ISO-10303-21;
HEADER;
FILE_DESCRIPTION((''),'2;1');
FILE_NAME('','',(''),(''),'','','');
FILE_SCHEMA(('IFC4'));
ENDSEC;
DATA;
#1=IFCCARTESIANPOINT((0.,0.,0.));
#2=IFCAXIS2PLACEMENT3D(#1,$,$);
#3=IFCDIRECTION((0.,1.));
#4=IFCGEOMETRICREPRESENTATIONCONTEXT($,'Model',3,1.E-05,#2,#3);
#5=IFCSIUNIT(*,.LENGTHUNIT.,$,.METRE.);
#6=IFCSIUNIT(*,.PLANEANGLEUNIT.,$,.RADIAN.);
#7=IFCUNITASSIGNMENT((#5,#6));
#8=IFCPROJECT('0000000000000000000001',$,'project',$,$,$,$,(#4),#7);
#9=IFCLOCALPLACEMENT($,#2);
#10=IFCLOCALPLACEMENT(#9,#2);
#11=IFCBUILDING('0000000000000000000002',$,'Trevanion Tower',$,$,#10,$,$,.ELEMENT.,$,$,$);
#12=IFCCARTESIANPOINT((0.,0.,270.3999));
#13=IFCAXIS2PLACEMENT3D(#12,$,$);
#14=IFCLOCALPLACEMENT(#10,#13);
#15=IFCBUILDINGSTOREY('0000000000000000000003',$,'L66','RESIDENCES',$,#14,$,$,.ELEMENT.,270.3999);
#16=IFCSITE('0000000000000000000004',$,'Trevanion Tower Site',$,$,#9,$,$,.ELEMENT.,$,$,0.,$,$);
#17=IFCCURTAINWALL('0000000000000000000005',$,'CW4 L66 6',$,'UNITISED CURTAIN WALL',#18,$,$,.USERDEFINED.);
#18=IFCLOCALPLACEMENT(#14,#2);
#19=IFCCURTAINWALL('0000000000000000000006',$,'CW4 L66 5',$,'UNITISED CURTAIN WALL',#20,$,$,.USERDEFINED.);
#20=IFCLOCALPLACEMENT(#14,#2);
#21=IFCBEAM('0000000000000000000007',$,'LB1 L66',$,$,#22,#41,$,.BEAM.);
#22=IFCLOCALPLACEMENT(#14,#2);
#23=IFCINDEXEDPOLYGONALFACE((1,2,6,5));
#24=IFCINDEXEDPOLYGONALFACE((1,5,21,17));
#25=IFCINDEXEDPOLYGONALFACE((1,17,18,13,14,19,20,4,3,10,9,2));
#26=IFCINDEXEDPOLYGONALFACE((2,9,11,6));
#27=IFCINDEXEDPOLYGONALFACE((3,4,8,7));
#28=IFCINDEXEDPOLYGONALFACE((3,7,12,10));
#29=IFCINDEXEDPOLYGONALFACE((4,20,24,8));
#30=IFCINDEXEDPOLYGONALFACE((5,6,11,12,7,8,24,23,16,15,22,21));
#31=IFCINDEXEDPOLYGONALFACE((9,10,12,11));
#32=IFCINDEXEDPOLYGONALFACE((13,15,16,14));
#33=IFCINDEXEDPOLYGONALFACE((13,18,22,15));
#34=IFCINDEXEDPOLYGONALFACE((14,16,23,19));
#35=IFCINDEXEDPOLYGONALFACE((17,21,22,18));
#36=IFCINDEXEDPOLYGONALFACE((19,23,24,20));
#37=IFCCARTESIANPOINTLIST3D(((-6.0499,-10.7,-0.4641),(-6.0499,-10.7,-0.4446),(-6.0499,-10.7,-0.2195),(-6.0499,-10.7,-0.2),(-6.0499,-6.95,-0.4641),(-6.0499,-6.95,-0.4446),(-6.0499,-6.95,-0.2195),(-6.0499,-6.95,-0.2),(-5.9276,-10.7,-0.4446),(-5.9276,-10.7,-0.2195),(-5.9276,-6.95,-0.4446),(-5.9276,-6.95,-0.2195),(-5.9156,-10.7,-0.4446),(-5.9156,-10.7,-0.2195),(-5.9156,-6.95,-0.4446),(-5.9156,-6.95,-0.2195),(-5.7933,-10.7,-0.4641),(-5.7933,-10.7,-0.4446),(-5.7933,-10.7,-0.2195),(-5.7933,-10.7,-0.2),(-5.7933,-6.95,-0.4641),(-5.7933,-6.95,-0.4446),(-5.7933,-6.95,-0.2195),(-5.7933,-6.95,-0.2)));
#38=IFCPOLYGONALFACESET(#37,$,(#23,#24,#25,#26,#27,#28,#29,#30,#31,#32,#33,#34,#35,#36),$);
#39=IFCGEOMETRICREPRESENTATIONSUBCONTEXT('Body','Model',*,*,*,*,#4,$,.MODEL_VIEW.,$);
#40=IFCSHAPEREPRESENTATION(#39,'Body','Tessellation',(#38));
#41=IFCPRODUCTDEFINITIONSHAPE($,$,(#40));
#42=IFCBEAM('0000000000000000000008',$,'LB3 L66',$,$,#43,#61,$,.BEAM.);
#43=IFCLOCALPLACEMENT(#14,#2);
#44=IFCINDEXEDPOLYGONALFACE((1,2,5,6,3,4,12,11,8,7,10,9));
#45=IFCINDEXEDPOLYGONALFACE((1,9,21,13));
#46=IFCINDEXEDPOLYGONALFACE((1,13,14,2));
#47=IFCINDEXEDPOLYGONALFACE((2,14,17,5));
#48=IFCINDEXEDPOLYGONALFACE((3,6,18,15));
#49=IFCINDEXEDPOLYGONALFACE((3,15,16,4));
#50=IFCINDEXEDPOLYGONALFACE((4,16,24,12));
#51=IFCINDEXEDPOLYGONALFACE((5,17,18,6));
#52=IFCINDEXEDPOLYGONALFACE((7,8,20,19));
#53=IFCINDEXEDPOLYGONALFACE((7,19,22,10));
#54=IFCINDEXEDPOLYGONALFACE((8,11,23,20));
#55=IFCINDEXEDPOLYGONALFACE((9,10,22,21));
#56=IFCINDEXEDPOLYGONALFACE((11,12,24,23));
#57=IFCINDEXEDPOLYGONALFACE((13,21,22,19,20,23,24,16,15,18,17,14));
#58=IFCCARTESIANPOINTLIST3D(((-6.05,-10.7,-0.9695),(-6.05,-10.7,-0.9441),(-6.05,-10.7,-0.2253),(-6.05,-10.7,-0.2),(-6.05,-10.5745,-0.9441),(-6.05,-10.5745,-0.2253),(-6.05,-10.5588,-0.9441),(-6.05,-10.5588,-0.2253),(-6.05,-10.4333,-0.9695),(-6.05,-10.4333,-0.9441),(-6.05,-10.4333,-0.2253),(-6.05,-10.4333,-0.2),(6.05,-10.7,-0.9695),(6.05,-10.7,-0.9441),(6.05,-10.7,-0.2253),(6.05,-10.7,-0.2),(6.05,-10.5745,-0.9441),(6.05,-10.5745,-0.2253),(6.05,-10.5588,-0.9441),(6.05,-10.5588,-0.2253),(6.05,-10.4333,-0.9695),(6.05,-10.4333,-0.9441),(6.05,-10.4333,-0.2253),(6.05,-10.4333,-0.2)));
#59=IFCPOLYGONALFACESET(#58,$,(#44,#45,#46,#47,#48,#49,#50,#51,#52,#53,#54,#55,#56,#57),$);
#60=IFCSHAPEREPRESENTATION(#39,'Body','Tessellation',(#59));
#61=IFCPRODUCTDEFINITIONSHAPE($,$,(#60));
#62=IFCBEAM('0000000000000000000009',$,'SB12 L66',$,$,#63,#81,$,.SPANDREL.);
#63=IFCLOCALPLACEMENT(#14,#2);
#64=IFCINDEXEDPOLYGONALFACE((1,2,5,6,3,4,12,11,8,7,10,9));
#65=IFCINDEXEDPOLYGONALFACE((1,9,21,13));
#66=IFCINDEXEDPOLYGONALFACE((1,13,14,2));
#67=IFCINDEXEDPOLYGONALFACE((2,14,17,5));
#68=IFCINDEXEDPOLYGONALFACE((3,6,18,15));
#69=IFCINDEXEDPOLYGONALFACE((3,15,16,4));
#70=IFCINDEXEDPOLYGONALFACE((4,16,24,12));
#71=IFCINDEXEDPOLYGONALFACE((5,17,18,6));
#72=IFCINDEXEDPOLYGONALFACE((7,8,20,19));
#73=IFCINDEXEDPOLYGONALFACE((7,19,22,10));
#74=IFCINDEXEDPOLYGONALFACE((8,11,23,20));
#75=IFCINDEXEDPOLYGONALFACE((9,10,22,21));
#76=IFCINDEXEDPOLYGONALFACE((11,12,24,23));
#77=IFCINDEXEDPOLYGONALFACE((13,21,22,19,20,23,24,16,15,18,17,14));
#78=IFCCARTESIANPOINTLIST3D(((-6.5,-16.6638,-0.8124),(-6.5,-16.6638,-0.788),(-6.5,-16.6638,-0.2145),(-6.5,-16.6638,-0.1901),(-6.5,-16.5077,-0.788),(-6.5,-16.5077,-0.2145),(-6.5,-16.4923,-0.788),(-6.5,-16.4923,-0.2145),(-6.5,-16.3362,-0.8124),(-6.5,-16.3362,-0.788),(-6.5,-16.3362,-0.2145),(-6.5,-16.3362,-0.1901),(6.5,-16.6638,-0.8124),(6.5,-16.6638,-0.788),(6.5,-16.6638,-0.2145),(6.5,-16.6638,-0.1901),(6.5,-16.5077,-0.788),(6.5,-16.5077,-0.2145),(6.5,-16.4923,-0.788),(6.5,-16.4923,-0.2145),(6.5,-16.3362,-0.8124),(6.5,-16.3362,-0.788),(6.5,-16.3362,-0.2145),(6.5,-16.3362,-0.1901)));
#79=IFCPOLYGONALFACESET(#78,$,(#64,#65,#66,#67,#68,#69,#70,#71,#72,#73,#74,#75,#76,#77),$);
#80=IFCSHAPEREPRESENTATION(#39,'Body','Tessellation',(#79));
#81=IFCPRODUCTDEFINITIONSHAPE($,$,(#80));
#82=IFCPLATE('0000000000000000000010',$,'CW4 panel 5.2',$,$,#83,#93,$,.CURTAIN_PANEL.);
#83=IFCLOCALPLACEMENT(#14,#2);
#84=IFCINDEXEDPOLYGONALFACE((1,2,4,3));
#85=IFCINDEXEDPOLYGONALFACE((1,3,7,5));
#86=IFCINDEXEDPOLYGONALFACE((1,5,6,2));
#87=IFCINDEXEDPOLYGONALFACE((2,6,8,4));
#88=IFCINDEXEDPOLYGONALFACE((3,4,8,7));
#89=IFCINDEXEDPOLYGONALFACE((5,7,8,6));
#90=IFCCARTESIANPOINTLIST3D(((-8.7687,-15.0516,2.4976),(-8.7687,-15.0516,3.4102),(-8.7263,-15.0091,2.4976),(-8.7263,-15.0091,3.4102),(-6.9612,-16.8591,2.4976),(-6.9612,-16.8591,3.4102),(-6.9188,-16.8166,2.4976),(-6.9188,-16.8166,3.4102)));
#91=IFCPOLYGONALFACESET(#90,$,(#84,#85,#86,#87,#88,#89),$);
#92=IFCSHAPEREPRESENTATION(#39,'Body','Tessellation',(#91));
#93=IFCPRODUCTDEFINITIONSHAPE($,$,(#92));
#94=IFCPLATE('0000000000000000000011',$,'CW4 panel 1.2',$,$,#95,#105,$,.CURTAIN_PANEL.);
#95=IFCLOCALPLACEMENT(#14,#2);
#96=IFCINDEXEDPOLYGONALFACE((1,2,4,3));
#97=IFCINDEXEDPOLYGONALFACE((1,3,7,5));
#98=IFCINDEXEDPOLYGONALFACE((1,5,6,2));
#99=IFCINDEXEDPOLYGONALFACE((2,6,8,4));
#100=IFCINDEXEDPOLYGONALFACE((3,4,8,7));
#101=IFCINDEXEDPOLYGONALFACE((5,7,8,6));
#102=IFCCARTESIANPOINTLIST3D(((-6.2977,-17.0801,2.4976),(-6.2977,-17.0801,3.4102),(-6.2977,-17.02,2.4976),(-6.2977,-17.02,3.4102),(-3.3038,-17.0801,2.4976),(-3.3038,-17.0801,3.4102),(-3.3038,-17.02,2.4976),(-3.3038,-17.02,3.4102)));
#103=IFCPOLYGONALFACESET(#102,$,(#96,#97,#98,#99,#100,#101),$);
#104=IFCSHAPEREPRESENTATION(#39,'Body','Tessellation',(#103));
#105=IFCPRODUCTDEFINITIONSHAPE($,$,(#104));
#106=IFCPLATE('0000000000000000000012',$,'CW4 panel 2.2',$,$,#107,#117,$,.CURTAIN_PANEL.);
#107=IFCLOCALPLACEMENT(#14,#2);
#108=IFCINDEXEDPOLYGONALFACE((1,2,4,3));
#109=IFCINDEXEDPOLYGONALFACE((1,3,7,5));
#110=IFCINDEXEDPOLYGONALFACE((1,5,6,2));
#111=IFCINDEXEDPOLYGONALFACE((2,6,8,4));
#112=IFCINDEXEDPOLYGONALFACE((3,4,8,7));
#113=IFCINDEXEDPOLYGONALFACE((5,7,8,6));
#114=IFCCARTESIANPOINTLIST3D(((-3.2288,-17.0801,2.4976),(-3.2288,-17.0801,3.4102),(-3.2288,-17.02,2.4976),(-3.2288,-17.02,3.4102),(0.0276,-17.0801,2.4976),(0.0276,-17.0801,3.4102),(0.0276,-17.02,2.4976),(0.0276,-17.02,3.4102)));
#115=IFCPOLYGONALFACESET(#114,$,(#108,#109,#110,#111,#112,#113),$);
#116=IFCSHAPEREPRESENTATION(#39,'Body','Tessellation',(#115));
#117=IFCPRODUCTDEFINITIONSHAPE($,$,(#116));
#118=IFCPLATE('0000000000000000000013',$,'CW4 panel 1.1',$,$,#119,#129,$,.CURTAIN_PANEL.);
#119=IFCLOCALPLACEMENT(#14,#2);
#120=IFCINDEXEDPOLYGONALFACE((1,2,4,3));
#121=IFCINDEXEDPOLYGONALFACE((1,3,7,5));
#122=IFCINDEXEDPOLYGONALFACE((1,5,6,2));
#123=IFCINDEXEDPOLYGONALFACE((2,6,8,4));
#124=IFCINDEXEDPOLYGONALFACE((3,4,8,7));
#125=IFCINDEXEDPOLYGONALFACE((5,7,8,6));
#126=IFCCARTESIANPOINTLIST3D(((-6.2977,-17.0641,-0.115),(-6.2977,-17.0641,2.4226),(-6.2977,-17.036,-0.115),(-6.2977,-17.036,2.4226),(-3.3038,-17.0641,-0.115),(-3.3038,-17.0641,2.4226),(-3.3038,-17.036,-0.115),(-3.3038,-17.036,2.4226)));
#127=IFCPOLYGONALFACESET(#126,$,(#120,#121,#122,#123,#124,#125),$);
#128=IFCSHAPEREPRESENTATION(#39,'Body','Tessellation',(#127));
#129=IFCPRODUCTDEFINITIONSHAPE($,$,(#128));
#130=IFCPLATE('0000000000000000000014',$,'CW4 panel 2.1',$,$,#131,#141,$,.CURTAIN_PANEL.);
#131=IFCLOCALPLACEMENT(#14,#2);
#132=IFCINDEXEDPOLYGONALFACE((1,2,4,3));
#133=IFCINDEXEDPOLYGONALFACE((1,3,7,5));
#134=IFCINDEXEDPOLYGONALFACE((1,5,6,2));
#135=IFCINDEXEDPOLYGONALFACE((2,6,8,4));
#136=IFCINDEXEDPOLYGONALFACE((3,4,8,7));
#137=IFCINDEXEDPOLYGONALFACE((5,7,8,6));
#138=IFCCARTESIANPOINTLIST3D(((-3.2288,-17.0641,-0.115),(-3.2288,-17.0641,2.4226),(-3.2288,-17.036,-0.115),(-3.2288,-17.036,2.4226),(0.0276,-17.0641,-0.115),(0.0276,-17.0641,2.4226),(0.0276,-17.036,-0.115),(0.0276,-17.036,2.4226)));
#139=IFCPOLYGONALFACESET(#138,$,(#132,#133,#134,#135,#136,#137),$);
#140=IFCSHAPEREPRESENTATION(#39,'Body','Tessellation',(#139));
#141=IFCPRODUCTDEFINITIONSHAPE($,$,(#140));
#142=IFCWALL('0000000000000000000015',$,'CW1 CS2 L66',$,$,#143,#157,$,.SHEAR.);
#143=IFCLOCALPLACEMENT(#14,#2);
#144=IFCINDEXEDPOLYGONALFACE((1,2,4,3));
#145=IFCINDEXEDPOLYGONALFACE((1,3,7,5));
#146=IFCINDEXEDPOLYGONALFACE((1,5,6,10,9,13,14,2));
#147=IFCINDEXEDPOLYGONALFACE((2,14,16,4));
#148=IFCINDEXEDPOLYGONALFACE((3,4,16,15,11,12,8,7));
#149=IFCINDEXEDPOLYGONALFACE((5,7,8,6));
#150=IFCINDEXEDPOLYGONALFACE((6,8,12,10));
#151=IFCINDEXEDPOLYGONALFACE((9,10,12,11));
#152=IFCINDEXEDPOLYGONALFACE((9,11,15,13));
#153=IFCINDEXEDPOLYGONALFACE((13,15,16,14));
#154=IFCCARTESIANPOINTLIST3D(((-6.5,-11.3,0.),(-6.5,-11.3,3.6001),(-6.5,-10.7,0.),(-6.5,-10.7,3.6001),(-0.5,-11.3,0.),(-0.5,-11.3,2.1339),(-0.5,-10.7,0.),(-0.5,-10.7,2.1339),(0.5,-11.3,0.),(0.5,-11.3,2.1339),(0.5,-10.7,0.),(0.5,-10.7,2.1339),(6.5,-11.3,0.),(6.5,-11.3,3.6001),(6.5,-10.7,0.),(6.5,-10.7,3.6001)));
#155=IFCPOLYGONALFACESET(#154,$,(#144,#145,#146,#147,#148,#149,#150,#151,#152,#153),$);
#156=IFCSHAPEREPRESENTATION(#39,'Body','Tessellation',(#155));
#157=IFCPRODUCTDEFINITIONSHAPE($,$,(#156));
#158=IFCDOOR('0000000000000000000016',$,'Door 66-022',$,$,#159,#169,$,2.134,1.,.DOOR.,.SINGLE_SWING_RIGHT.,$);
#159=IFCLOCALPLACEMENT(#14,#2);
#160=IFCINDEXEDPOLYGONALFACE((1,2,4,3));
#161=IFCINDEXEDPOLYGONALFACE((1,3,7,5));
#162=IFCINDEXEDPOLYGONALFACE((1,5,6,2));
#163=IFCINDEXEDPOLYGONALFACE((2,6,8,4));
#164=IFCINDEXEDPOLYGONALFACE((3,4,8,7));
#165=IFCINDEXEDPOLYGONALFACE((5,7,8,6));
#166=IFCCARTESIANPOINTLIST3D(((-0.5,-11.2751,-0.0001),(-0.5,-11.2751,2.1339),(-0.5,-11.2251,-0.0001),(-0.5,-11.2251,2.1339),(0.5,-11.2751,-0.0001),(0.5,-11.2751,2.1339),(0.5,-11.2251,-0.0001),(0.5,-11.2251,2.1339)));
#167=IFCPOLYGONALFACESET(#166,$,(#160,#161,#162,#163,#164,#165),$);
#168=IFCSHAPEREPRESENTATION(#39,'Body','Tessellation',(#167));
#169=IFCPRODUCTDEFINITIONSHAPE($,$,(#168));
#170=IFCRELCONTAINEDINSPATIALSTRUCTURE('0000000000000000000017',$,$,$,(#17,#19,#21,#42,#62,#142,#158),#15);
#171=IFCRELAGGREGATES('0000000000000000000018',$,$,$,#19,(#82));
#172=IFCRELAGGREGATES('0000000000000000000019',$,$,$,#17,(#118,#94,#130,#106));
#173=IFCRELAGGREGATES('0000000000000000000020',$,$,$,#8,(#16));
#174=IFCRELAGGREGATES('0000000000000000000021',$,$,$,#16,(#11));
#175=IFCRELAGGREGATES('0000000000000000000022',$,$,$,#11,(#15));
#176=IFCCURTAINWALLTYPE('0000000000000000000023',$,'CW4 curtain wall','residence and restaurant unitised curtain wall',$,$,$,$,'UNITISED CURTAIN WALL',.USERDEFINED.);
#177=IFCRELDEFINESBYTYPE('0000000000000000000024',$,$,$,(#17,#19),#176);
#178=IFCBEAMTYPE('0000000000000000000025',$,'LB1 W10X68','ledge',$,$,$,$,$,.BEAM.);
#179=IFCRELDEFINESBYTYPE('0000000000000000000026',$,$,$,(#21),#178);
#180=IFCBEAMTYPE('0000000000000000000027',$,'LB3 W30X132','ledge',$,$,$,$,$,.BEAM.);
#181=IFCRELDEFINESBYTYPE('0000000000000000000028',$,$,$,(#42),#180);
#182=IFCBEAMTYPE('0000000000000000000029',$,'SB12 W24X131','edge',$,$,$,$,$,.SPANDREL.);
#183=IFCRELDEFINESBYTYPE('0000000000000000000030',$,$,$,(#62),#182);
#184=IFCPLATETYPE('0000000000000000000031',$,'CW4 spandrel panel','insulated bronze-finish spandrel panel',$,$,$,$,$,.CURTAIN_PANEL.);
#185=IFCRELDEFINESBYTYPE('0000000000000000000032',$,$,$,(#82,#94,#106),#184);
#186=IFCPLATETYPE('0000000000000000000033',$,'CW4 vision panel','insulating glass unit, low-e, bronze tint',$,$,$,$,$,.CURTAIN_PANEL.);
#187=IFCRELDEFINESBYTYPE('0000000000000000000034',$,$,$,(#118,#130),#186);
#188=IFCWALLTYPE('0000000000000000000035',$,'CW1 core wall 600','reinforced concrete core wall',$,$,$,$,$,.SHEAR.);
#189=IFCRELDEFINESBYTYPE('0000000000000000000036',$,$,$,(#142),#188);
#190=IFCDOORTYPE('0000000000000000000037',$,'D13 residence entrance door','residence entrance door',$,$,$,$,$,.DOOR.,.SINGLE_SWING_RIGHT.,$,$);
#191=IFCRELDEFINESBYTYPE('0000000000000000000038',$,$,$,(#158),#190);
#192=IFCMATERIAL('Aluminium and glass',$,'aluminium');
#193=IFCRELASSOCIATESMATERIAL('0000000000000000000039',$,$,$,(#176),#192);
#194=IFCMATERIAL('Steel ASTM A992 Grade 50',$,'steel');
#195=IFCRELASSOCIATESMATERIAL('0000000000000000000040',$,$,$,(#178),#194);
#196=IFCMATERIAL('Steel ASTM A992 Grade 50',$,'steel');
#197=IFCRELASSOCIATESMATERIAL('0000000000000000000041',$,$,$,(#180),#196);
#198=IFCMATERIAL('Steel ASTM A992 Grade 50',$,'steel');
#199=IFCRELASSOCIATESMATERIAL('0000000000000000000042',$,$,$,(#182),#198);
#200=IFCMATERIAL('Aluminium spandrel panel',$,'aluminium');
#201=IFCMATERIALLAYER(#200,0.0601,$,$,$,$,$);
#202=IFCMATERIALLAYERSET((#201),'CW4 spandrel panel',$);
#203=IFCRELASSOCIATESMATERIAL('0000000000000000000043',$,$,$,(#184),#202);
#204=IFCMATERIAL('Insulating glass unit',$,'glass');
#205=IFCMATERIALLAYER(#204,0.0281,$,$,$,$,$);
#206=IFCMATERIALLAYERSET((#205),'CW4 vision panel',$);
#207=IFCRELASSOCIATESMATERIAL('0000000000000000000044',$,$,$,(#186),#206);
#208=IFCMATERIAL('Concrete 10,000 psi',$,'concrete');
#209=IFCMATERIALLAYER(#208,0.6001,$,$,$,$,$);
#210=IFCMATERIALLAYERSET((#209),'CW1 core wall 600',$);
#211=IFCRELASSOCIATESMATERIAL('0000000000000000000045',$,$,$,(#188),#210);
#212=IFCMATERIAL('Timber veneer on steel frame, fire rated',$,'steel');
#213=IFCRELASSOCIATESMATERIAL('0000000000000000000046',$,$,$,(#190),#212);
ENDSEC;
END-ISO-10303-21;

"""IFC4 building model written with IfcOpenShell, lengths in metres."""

from ifc_helpers import new_model, si_unit, direction, frame, frame_2d, origin, origin_2d, place, context, subcontext, project, spatial, rectangle, i_section, extrude, material, layer, layer_set, material_profile, profile_set, type_object, element, fill, aggregate, save


model = new_model("IFC4")

# Units and contexts
model_context = context("Model", 3, precision=1e-05, world=origin(), true_north=direction((0.0, 1.0)))
body_context = subcontext(model_context, "Body", "Model", "MODEL_VIEW")
ifc_project = project(units=[si_unit("LENGTHUNIT", "METRE"), si_unit("PLANEANGLEUNIT", "RADIAN")], contexts=[model_context])

# Site, building, storey
site_placement = place(None, origin())
site = spatial("IfcSite", under=ifc_project, at=site_placement, Name="Trevanion Tower Site", CompositionType="ELEMENT", RefElevation=0.0)
building_placement = place(site_placement, origin())
building = spatial("IfcBuilding", under=site, at=building_placement, Name="Trevanion Tower", CompositionType="ELEMENT")
storey_placement = place(building_placement, frame((0.0, 0.0, 270.3999)))
storey = spatial("IfcBuildingStorey", under=building, at=storey_placement, Name="L66", Description="RESIDENCES", CompositionType="ELEMENT", Elevation=270.3999)

# Curtain walls
ifc_material_1 = material(Name="Aluminium and glass", Category="aluminium")
curtain_wall_type = type_object("IfcCurtainWallType", Name="CW4 curtain wall", Description="residence and restaurant unitised curtain wall", ElementType="UNITISED CURTAIN WALL", PredefinedType="USERDEFINED", material=ifc_material_1)
curtain_wall_1_placement = place(storey_placement, origin())
curtain_wall_1 = element("IfcCurtainWall", 1, at=curtain_wall_1_placement, inside=storey, type_object=curtain_wall_type, Name="CW4 L66 6", ObjectType="UNITISED CURTAIN WALL", PredefinedType="USERDEFINED")
curtain_wall_2_placement = place(storey_placement, origin())
curtain_wall_2 = element("IfcCurtainWall", 2, at=curtain_wall_2_placement, inside=storey, type_object=curtain_wall_type, Name="CW4 L66 5", ObjectType="UNITISED CURTAIN WALL", PredefinedType="USERDEFINED")

# Beams
ifc_material_2 = material(Name="Steel ASTM A992 Grade 50", Category="steel")
ifc_material_profile_1 = material_profile(ifc_material_2, i_section(OverallWidth=0.2566, OverallDepth=0.2642, WebThickness=0.012, FlangeThickness=0.0195, at=origin_2d()), Name="W10X68")
ifc_profile_set_1 = profile_set([ifc_material_profile_1], Name="Steel ASTM A992 Grade 50")
beam_type_1 = type_object("IfcBeamType", Name="LB1 W10X68", Description="ledge", PredefinedType="BEAM", material=ifc_profile_set_1)
beam_1_placement = place(storey_placement, frame((-5.9216, -10.7, -0.332), z_axis=(0.0, 1.0, 0.0), x_axis=(-1.0, 0.0, 0.0)))
element("IfcBeam", 3, at=beam_1_placement, inside=storey, type_object=beam_type_1, Name="LB1 L66", PredefinedType="BEAM", context=body_context, shape_type="SweptSolid", body=[
    extrude(i_section(OverallWidth=0.2566, OverallDepth=0.2642, WebThickness=0.012, FlangeThickness=0.0195, at=origin_2d()), origin(), (0.0, 0.0, 1.0), 3.75),
])
ifc_material_3 = material(Name="Steel ASTM A992 Grade 50", Category="steel")
ifc_material_profile_2 = material_profile(ifc_material_3, i_section(OverallWidth=0.2666, OverallDepth=0.7695, WebThickness=0.0156, FlangeThickness=0.0254, at=origin_2d()), Name="W30X132")
ifc_profile_set_2 = profile_set([ifc_material_profile_2], Name="Steel ASTM A992 Grade 50")
beam_type_2 = type_object("IfcBeamType", Name="LB3 W30X132", Description="ledge", PredefinedType="BEAM", material=ifc_profile_set_2)
beam_2_placement = place(storey_placement, frame((-6.05, -10.5667, -0.5847), z_axis=(1.0, 0.0, 0.0), x_axis=(0.0, 1.0, 0.0)))
element("IfcBeam", 4, at=beam_2_placement, inside=storey, type_object=beam_type_2, Name="LB3 L66", PredefinedType="BEAM", context=body_context, shape_type="SweptSolid", body=[
    extrude(i_section(OverallWidth=0.2666, OverallDepth=0.7695, WebThickness=0.0156, FlangeThickness=0.0254, at=origin_2d()), origin(), (0.0, 0.0, 1.0), 12.1001),
])
ifc_material_4 = material(Name="Steel ASTM A992 Grade 50", Category="steel")
ifc_material_profile_3 = material_profile(ifc_material_4, i_section(OverallWidth=0.3276, OverallDepth=0.6223, WebThickness=0.0154, FlangeThickness=0.0244, at=origin_2d()), Name="W24X131")
ifc_profile_set_3 = profile_set([ifc_material_profile_3], Name="Steel ASTM A992 Grade 50")
beam_type_3 = type_object("IfcBeamType", Name="SB12 W24X131", Description="edge", PredefinedType="SPANDREL", material=ifc_profile_set_3)
beam_3_placement = place(storey_placement, frame((-6.5, -16.5, -0.5012), z_axis=(1.0, 0.0, 0.0), x_axis=(0.0, 1.0, 0.0)))
element("IfcBeam", 5, at=beam_3_placement, inside=storey, type_object=beam_type_3, Name="SB12 L66", PredefinedType="SPANDREL", context=body_context, shape_type="SweptSolid", body=[
    extrude(i_section(OverallWidth=0.3276, OverallDepth=0.6223, WebThickness=0.0154, FlangeThickness=0.0244, at=origin_2d()), origin(), (0.0, 0.0, 1.0), 13.0),
])

# Plates
ifc_material_5 = material(Name="Aluminium spandrel panel", Category="aluminium")
ifc_layer_1 = layer(ifc_material_5, 0.0601)
ifc_layer_set_1 = layer_set([ifc_layer_1], Name="CW4 spandrel panel")
plate_type_1 = type_object("IfcPlateType", Name="CW4 spandrel panel", Description="insulated bronze-finish spandrel panel", PredefinedType="CURTAIN_PANEL", material=ifc_layer_set_1)
plate_1_placement = place(storey_placement, frame((-7.8438, -15.9341, 2.4976), z_axis=(0.0, 0.0, 1.0), x_axis=(0.707107, -0.707107, 0.0)))
plate_1 = element("IfcPlate", 6, at=plate_1_placement, type_object=plate_type_1, Name="CW4 panel 5.2", PredefinedType="CURTAIN_PANEL", context=body_context, shape_type="SweptSolid", body=[
    extrude(rectangle(XDim=2.5562, YDim=0.0601, at=origin_2d()), origin(), (0.0, 0.0, 1.0), 0.9126),
])
aggregate(curtain_wall_2, [plate_1])
plate_2_placement = place(storey_placement, frame((-4.8008, -17.05, 2.4976), z_axis=(0.0, 0.0, 1.0), x_axis=(1.0, 0.0, 0.0)))
plate_2 = element("IfcPlate", 7, at=plate_2_placement, type_object=plate_type_1, Name="CW4 panel 1.2", PredefinedType="CURTAIN_PANEL", context=body_context, shape_type="SweptSolid", body=[
    extrude(rectangle(XDim=2.9939, YDim=0.0601, at=origin_2d()), origin(), (0.0, 0.0, 1.0), 0.9126),
])
plate_3_placement = place(storey_placement, frame((-1.6006, -17.05, 2.4976), z_axis=(0.0, 0.0, 1.0), x_axis=(1.0, 0.0, 0.0)))
plate_3 = element("IfcPlate", 8, at=plate_3_placement, type_object=plate_type_1, Name="CW4 panel 2.2", PredefinedType="CURTAIN_PANEL", context=body_context, shape_type="SweptSolid", body=[
    extrude(rectangle(XDim=3.2563, YDim=0.0601, at=origin_2d()), origin(), (0.0, 0.0, 1.0), 0.9126),
])
ifc_material_6 = material(Name="Insulating glass unit", Category="glass")
ifc_layer_2 = layer(ifc_material_6, 0.0281)
ifc_layer_set_2 = layer_set([ifc_layer_2], Name="CW4 vision panel")
plate_type_2 = type_object("IfcPlateType", Name="CW4 vision panel", Description="insulating glass unit, low-e, bronze tint", PredefinedType="CURTAIN_PANEL", material=ifc_layer_set_2)
plate_4_placement = place(storey_placement, frame((-4.8008, -17.05, -0.115), z_axis=(0.0, 0.0, 1.0), x_axis=(1.0, 0.0, 0.0)))
plate_4 = element("IfcPlate", 9, at=plate_4_placement, type_object=plate_type_2, Name="CW4 panel 1.1", PredefinedType="CURTAIN_PANEL", context=body_context, shape_type="SweptSolid", body=[
    extrude(rectangle(XDim=2.9939, YDim=0.0281, at=origin_2d()), origin(), (0.0, 0.0, 1.0), 2.5376),
])
plate_5_placement = place(storey_placement, frame((-1.6006, -17.05, -0.115), z_axis=(0.0, 0.0, 1.0), x_axis=(1.0, 0.0, 0.0)))
plate_5 = element("IfcPlate", 10, at=plate_5_placement, type_object=plate_type_2, Name="CW4 panel 2.1", PredefinedType="CURTAIN_PANEL", context=body_context, shape_type="SweptSolid", body=[
    extrude(rectangle(XDim=3.2563, YDim=0.0281, at=origin_2d()), origin(), (0.0, 0.0, 1.0), 2.5376),
])
aggregate(curtain_wall_1, [plate_4, plate_2, plate_5, plate_3])

# Wall, opening, door
ifc_material_7 = material(Name="Concrete 10,000 psi", Category="concrete")
ifc_layer_3 = layer(ifc_material_7, 0.6001)
ifc_layer_set_3 = layer_set([ifc_layer_3], Name="CW1 core wall 600")
wall_type_1 = type_object("IfcWallType", Name="CW1 core wall 600", Description="reinforced concrete core wall", PredefinedType="SHEAR", material=ifc_layer_set_3)
wall_1_placement = place(storey_placement, frame((-6.5, -11.0, 0.0), z_axis=(0.0, 0.0, 1.0), x_axis=(1.0, 0.0, 0.0)))
wall_1 = element("IfcWall", 11, at=wall_1_placement, inside=storey, type_object=wall_type_1, Name="CW1 CS2 L66", PredefinedType="SHEAR", context=body_context, shape_type="SweptSolid", body=[
    extrude(rectangle(XDim=13.0, YDim=0.6001, at=frame_2d((6.5, 0.0))), origin(), (0.0, 0.0, 1.0), 3.6001),
])
opening_1_placement = place(wall_1_placement, frame((6.0, 0.0, 0.0)))
opening_1 = element("IfcOpeningElement", 12, at=opening_1_placement, cuts=wall_1, PredefinedType="OPENING", context=body_context, shape_type="SweptSolid", body=[
    extrude(rectangle(XDim=1.0, YDim=2.134, at=frame_2d((0.5, 1.0669))), frame((0.0, 0.3101, 0.0), z_axis=(0.0, -1.0, 0.0), x_axis=(1.0, 0.0, 0.0)), (0.0, 0.0, 1.0), 0.6201),
])
ifc_material_8 = material(Name="Timber veneer on steel frame, fire rated", Category="steel")
door_type_1 = type_object("IfcDoorType", Name="D13 residence entrance door", Description="residence entrance door", OperationType="SINGLE_SWING_RIGHT", PredefinedType="DOOR", material=ifc_material_8)
door_1_placement = place(opening_1_placement, origin())
door_1 = element("IfcDoor", 13, at=door_1_placement, inside=storey, type_object=door_type_1, Name="Door 66-022", OperationType="SINGLE_SWING_RIGHT", OverallHeight=2.134, OverallWidth=1.0, PredefinedType="DOOR", context=body_context, shape_type="SweptSolid", body=[
    extrude(rectangle(XDim=1.0, YDim=2.134, at=frame_2d((0.5, 1.0669))), frame((0.0, -0.2251, 0.0), z_axis=(0.0, -1.0, 0.0), x_axis=(1.0, 0.0, 0.0)), (0.0, 0.0, 1.0), 0.05),
])
fill(opening_1, door_1)

save(model, "model.ifc")
